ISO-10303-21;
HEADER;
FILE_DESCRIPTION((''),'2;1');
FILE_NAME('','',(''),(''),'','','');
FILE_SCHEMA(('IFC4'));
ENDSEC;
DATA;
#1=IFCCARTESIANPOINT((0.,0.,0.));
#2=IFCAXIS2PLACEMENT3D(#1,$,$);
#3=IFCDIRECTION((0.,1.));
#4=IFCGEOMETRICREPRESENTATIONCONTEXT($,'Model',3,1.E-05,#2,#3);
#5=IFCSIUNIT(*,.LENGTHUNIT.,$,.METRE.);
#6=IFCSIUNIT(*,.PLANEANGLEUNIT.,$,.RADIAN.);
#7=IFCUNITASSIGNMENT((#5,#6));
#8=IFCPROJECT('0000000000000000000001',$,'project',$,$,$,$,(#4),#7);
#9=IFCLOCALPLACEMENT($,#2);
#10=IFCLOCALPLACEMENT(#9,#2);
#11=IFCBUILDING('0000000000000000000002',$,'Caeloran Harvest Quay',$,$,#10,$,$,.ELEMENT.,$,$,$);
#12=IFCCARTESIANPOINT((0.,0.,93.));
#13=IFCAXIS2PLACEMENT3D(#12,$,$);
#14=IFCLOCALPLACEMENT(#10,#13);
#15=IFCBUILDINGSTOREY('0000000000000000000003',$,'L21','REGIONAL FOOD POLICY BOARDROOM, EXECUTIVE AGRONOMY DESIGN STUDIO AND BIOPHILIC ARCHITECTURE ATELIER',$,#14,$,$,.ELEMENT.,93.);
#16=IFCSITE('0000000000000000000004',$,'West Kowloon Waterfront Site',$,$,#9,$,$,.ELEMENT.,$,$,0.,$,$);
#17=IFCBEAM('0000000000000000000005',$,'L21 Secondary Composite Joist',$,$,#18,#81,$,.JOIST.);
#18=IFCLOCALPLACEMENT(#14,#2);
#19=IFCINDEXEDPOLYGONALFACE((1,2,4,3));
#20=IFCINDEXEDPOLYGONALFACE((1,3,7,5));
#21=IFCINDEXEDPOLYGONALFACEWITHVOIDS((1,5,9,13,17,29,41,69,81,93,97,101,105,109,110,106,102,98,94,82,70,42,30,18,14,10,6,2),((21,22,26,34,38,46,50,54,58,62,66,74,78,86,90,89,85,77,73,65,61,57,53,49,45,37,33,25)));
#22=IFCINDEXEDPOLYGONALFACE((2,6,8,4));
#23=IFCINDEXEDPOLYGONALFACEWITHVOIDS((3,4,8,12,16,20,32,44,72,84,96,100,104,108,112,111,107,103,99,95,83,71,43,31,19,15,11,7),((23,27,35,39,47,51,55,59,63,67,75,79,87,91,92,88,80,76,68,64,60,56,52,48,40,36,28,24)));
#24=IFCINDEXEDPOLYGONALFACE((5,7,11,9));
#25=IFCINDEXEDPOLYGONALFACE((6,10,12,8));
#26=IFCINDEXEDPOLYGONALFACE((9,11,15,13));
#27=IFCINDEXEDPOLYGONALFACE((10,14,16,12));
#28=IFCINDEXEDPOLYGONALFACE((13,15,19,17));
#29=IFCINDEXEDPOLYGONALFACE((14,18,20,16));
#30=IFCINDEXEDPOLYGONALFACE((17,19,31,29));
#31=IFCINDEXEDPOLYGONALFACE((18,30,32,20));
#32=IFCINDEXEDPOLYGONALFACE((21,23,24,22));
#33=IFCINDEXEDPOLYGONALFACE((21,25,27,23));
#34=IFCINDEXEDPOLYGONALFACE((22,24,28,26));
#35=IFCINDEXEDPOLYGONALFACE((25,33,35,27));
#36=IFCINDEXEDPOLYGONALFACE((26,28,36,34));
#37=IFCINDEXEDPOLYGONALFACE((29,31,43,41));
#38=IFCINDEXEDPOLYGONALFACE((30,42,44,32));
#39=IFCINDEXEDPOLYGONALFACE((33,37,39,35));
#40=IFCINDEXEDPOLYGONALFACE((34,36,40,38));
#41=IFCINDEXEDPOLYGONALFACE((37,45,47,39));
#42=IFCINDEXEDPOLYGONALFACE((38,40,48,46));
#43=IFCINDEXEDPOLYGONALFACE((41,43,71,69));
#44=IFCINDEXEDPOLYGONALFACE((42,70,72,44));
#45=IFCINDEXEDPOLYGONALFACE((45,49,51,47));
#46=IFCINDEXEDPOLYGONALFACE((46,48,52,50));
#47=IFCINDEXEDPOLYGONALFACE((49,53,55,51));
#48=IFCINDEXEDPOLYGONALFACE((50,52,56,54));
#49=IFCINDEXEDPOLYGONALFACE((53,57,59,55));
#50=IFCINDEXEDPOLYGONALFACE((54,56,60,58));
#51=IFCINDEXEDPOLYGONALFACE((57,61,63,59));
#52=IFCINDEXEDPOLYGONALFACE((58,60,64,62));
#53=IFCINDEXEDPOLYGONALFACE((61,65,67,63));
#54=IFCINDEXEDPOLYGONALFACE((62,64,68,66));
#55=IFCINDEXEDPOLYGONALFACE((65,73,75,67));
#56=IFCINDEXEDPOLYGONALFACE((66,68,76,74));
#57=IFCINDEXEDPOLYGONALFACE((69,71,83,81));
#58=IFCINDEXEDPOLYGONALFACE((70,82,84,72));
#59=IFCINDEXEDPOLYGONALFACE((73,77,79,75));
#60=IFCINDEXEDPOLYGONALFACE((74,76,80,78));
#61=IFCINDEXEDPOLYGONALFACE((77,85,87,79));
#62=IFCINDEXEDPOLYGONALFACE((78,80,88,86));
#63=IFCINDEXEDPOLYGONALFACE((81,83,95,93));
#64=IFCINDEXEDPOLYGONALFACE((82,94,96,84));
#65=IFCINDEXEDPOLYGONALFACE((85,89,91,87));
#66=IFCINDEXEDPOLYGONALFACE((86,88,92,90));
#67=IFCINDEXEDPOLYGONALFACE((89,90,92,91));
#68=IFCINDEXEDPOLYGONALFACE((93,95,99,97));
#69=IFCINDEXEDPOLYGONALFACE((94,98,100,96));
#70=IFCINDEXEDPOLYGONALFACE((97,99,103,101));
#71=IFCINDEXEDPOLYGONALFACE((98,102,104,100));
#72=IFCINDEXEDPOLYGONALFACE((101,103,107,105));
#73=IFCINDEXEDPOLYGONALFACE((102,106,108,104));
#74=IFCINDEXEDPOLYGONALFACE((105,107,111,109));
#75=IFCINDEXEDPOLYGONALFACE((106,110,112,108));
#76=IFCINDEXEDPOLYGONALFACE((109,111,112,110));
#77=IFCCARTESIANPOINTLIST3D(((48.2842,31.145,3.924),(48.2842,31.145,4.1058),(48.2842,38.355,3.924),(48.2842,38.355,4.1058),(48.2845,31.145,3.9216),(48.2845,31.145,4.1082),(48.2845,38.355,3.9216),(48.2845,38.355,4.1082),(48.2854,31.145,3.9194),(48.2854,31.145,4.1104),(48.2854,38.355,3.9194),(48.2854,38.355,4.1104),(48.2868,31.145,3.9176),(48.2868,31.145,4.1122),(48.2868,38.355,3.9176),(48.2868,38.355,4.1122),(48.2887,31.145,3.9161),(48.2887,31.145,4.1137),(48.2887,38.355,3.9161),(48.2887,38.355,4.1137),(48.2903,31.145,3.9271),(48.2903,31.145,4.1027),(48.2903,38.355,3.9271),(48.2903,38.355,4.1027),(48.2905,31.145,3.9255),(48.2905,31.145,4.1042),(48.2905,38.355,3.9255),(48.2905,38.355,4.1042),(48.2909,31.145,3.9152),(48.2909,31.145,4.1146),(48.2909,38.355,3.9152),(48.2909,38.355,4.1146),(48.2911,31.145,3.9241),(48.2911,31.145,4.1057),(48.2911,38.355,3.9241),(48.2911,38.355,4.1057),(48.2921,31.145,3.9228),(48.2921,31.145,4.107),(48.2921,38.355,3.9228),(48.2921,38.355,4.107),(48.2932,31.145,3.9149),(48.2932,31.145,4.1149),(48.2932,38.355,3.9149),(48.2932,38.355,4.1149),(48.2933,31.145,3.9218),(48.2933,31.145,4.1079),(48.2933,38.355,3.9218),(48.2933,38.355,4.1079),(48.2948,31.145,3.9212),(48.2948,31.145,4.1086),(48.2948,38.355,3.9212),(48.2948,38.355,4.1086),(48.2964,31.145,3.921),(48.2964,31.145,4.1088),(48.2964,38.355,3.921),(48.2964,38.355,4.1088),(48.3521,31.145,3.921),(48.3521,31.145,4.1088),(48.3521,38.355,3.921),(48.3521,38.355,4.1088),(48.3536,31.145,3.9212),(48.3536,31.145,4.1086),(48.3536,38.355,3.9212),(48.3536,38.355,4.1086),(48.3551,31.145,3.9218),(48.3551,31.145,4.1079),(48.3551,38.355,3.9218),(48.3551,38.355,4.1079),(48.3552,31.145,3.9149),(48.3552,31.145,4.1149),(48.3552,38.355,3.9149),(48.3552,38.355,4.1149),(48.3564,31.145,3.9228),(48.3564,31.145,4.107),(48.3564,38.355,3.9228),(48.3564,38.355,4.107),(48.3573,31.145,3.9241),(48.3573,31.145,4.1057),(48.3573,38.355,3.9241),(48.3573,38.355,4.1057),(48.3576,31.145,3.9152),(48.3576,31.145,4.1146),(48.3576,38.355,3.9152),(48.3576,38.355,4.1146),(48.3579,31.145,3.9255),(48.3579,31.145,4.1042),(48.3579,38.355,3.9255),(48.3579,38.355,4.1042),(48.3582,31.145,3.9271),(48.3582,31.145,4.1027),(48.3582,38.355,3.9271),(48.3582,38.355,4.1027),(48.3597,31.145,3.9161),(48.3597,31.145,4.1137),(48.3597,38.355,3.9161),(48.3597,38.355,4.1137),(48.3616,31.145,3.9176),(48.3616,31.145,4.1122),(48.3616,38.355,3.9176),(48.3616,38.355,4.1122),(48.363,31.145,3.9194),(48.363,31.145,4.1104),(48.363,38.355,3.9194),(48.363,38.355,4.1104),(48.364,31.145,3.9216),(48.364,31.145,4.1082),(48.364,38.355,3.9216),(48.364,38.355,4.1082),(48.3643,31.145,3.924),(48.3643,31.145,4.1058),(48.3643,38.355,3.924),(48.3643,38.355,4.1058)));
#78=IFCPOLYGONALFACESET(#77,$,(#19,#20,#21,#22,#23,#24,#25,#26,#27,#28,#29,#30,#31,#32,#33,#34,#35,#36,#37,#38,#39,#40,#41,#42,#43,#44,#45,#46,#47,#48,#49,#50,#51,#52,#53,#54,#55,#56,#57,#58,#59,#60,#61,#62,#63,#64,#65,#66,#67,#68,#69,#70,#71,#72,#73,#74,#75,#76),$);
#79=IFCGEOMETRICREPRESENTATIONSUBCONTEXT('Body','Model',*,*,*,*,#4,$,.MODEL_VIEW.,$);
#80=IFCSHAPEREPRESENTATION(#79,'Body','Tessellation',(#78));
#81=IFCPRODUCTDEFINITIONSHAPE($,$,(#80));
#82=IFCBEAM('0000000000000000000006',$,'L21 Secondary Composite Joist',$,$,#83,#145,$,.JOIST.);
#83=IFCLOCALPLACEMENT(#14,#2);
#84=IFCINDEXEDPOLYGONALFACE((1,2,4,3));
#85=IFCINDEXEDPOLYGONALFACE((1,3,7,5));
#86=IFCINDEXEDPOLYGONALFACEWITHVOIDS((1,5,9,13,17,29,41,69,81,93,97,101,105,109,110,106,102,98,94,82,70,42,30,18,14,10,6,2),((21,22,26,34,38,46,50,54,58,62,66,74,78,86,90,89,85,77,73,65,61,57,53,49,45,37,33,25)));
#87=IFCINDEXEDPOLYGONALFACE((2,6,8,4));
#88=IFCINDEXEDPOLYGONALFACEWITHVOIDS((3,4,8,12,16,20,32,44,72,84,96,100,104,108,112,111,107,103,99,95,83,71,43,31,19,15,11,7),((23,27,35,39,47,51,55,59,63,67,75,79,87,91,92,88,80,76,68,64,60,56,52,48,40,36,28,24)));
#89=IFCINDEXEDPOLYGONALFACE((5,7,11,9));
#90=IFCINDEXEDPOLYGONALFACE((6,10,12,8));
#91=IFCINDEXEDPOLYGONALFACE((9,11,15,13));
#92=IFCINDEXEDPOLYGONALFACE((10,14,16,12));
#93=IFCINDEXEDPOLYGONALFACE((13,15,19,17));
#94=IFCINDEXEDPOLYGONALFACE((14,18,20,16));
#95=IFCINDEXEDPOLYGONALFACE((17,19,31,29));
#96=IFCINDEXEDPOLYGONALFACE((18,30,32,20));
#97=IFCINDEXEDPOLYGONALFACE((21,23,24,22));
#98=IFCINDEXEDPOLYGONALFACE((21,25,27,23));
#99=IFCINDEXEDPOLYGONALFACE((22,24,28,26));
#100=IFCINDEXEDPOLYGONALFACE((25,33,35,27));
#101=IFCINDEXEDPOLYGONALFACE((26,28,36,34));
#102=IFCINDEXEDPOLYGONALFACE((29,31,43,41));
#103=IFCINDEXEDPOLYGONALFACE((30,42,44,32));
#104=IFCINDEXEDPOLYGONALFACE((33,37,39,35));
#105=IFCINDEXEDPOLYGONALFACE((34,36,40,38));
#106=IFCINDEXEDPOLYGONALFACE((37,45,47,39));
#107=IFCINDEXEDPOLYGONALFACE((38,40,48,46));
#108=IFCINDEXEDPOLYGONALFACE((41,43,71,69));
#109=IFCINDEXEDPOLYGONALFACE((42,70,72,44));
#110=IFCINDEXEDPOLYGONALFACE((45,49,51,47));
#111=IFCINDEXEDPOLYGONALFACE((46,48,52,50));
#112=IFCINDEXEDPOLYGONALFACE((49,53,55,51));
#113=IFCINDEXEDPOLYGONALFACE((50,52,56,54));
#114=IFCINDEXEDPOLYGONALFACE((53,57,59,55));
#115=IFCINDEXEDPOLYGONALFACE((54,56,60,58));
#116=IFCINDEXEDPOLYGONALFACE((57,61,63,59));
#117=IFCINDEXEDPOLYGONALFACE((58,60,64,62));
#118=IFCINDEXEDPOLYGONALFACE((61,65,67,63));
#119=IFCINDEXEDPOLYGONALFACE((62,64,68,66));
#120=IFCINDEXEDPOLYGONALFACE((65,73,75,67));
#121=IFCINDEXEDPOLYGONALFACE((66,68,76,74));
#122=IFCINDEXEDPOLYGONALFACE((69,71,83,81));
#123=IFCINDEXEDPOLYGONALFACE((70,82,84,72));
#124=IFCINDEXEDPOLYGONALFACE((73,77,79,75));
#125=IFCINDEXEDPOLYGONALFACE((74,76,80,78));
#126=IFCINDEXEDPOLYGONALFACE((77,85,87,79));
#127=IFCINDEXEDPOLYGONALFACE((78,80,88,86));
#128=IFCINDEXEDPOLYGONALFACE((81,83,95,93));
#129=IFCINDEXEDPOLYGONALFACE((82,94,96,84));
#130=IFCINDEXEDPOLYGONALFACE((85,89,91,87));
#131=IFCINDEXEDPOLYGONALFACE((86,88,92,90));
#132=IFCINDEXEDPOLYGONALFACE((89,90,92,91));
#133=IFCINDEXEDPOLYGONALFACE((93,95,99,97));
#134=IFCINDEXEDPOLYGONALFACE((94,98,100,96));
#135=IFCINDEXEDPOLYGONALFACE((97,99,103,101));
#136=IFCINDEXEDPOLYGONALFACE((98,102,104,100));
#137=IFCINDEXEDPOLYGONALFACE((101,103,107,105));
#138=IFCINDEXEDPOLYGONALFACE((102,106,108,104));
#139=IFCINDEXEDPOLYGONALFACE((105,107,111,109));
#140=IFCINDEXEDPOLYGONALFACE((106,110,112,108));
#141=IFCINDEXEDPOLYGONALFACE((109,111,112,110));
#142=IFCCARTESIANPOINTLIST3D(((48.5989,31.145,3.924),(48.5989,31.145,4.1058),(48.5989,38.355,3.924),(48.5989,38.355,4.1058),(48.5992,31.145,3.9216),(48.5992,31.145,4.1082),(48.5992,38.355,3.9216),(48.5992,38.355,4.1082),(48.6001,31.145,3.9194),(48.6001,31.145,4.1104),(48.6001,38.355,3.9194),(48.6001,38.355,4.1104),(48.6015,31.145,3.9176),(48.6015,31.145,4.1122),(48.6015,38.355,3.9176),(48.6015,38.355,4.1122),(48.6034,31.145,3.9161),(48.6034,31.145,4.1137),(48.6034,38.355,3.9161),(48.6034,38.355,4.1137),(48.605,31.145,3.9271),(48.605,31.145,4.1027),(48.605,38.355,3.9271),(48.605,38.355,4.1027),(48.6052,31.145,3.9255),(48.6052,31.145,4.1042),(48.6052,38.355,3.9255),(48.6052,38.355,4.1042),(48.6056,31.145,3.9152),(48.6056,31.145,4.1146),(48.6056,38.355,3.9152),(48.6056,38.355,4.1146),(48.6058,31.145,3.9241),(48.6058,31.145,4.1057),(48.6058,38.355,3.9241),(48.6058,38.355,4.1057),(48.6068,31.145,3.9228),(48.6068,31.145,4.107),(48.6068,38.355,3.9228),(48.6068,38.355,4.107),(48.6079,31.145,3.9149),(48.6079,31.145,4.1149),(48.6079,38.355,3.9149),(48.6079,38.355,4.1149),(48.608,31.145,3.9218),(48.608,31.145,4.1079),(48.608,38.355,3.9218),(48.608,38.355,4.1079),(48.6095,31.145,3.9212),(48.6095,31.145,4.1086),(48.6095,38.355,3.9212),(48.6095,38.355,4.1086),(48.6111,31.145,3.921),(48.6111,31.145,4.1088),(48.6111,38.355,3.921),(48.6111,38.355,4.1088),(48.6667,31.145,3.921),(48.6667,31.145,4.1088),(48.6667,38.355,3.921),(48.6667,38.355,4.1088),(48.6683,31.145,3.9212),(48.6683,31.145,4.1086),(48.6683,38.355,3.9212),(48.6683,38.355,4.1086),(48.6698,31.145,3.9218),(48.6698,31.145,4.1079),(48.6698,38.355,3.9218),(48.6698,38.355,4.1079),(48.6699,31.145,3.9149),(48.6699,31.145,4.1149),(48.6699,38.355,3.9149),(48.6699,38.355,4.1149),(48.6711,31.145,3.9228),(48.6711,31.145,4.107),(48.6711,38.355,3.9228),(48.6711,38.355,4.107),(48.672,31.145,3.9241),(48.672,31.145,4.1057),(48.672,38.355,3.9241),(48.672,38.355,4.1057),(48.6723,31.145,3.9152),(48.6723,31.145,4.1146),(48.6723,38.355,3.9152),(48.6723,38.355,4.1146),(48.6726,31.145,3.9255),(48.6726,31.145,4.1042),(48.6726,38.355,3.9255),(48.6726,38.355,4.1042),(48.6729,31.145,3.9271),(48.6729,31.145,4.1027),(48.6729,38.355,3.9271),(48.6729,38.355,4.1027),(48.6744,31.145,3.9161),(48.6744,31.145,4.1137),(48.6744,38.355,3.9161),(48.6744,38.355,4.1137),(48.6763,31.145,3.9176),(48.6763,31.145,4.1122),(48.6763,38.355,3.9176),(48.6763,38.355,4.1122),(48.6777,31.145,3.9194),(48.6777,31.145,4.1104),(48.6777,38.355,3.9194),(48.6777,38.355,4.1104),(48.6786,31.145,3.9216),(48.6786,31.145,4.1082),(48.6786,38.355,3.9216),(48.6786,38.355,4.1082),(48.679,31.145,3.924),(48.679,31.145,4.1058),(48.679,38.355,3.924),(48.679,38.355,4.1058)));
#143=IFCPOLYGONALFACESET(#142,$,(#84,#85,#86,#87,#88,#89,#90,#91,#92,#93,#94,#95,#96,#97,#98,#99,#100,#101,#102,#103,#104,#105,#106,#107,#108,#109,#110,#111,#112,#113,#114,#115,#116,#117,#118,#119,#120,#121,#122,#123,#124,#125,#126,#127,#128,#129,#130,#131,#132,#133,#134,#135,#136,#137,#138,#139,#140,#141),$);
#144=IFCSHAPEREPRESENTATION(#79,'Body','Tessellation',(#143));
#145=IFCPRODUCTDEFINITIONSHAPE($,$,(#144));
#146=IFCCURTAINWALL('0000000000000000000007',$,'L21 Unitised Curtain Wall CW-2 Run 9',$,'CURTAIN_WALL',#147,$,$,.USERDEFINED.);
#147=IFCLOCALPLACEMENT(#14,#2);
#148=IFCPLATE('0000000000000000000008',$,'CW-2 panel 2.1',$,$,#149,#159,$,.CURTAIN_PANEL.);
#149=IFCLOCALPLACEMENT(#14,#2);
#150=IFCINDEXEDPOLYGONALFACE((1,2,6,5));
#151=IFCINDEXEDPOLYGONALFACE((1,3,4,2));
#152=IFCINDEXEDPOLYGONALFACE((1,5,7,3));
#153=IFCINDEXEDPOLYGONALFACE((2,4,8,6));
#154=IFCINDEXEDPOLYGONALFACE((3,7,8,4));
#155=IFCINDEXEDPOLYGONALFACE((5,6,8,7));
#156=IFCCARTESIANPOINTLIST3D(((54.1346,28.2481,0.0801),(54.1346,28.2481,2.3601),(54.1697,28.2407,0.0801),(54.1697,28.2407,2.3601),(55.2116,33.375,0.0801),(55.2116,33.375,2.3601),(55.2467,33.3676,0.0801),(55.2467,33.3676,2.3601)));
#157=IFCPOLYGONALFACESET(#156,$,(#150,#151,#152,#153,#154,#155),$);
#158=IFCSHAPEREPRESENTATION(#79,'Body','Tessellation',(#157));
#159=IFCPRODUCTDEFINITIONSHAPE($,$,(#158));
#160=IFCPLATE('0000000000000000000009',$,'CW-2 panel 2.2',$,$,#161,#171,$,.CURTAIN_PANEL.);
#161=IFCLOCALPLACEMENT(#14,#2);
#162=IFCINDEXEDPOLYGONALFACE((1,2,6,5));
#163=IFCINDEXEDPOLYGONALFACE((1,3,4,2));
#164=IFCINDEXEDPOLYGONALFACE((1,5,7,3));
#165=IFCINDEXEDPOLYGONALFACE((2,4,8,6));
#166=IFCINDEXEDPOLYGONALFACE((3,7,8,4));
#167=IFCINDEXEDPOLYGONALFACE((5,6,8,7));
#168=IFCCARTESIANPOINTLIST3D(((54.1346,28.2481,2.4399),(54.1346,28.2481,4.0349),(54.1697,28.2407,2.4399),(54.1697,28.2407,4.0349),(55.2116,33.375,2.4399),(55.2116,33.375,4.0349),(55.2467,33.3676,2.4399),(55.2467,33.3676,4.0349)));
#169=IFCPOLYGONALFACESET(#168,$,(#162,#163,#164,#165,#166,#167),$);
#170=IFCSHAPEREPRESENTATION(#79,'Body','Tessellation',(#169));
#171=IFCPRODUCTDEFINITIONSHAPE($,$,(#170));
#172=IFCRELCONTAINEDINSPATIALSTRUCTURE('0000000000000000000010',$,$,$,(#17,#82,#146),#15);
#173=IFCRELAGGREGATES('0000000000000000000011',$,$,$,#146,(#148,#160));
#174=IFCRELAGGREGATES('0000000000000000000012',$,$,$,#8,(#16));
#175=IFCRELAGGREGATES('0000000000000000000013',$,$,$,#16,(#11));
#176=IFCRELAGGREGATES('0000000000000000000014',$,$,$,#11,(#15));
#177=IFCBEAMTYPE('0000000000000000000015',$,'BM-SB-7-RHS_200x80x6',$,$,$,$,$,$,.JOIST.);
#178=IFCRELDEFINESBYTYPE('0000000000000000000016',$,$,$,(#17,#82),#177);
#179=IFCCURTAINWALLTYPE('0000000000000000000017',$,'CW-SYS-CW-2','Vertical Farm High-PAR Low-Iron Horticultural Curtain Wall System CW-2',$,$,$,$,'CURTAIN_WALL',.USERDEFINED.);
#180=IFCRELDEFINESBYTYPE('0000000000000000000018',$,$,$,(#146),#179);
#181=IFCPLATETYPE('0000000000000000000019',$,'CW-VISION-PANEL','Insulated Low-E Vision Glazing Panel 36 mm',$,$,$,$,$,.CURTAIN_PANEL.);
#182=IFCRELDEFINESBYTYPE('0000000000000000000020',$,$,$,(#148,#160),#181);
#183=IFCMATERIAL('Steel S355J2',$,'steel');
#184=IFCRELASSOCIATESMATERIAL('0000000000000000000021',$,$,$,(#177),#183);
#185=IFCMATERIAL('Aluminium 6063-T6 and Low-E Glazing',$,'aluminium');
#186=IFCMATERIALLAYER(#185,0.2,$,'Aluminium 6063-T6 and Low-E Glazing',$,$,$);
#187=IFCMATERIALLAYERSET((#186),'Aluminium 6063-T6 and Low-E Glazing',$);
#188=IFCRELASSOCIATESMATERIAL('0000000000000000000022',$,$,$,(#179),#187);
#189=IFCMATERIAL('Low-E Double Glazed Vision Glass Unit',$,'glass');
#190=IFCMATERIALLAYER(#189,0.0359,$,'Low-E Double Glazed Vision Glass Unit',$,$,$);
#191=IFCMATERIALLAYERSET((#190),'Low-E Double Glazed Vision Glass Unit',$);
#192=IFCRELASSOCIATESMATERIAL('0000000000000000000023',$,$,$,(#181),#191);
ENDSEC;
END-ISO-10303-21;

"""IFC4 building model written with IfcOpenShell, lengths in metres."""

from ifc_helpers import new_model, si_unit, direction, frame, origin, origin_2d, place, context, subcontext, project, spatial, rectangle, hollow_rectangle, extrude, material, layer, layer_set, material_profile, profile_set, type_object, element, aggregate, save


model = new_model("IFC4")

# Units and contexts
model_context = context("Model", 3, precision=1e-05, world=origin(), true_north=direction((0.0, 1.0)))
body_context = subcontext(model_context, "Body", "Model", "MODEL_VIEW")
ifc_project = project(units=[si_unit("LENGTHUNIT", "METRE"), si_unit("PLANEANGLEUNIT", "RADIAN")], contexts=[model_context])

# Site, building, storey
site_placement = place(None, origin())
site = spatial("IfcSite", under=ifc_project, at=site_placement, Name="West Kowloon Waterfront Site", CompositionType="ELEMENT", RefElevation=0.0)
building_placement = place(site_placement, origin())
building = spatial("IfcBuilding", under=site, at=building_placement, Name="Caeloran Harvest Quay", CompositionType="ELEMENT")
storey_placement = place(building_placement, frame((0.0, 0.0, 93.0)))
storey = spatial("IfcBuildingStorey", under=building, at=storey_placement, Name="L21", Description="REGIONAL FOOD POLICY BOARDROOM, EXECUTIVE AGRONOMY DESIGN STUDIO AND BIOPHILIC ARCHITECTURE ATELIER", CompositionType="ELEMENT", Elevation=93.0)

# Beams
ifc_material_1 = material(Name="Steel S355J2", Category="steel")
ifc_material_profile_1 = material_profile(ifc_material_1, hollow_rectangle(XDim=0.0801, YDim=0.2, WallThickness=0.0061, InnerFilletRadius=0.0061, OuterFilletRadius=0.009, at=origin_2d()), Name="RHS 200x80x6")
ifc_profile_set_1 = profile_set([ifc_material_profile_1], Name="Steel S355J2")
beam_type_1 = type_object("IfcBeamType", Name="BM-SB-7-RHS_200x80x6", PredefinedType="JOIST", material=ifc_profile_set_1)
for number, where, z_axis, x_axis, name in (
    (1, (48.3242, 31.145, 4.0149), (0.0, 1.0, 0.0), (-1.0, 0.0, 0.0), "L21 Secondary Composite Joist"),
    (2, (48.6389, 31.145, 4.0149), (0.0, 1.0, 0.0), (-1.0, 0.0, 0.0), "L21 Secondary Composite Joist"),
):
    element("IfcBeam", number, at=place(storey_placement, frame(where, z_axis=z_axis, x_axis=x_axis)), inside=storey, type_object=beam_type_1, Name=name, PredefinedType="JOIST", context=body_context, shape_type="SweptSolid", body=[
        extrude(hollow_rectangle(XDim=0.0801, YDim=0.2, WallThickness=0.0061, InnerFilletRadius=0.0061, OuterFilletRadius=0.009, at=origin_2d()), origin(), (0.0, 0.0, 1.0), 7.21),
    ])

# Curtain wall, plates
ifc_material_2 = material(Name="Aluminium 6063-T6 and Low-E Glazing", Category="aluminium")
ifc_layer_1 = layer(ifc_material_2, 0.2, Name="Aluminium 6063-T6 and Low-E Glazing")
ifc_layer_set_1 = layer_set([ifc_layer_1], Name="Aluminium 6063-T6 and Low-E Glazing")
curtain_wall_type = type_object("IfcCurtainWallType", Name="CW-SYS-CW-2", Description="Vertical Farm High-PAR Low-Iron Horticultural Curtain Wall System CW-2", ElementType="CURTAIN_WALL", PredefinedType="USERDEFINED", material=ifc_layer_set_1)
curtain_wall_placement = place(storey_placement, origin())
curtain_wall = element("IfcCurtainWall", 3, at=curtain_wall_placement, inside=storey, type_object=curtain_wall_type, Name="L21 Unitised Curtain Wall CW-2 Run 9", ObjectType="CURTAIN_WALL", PredefinedType="USERDEFINED")
ifc_material_3 = material(Name="Low-E Double Glazed Vision Glass Unit", Category="glass")
ifc_layer_2 = layer(ifc_material_3, 0.0359, Name="Low-E Double Glazed Vision Glass Unit")
ifc_layer_set_2 = layer_set([ifc_layer_2], Name="Low-E Double Glazed Vision Glass Unit")
plate_type = type_object("IfcPlateType", Name="CW-VISION-PANEL", Description="Insulated Low-E Vision Glazing Panel 36 mm", PredefinedType="CURTAIN_PANEL", material=ifc_layer_set_2)
plate_1_placement = place(storey_placement, frame((54.6907, 30.8079, 0.0801), z_axis=(0.0, 0.0, 1.0), x_axis=(-0.205583, -0.97864, 0.0)))
plate_1 = element("IfcPlate", 4, at=plate_1_placement, type_object=plate_type, Name="CW-2 panel 2.1", PredefinedType="CURTAIN_PANEL", context=body_context, shape_type="SweptSolid", body=[
    extrude(rectangle(XDim=5.2388, YDim=0.0359, at=origin_2d()), origin(), (0.0, 0.0, 1.0), 2.28),
])
plate_2_placement = place(storey_placement, frame((54.6907, 30.8079, 2.4399), z_axis=(0.0, 0.0, 1.0), x_axis=(-0.205583, -0.97864, 0.0)))
plate_2 = element("IfcPlate", 5, at=plate_2_placement, type_object=plate_type, Name="CW-2 panel 2.2", PredefinedType="CURTAIN_PANEL", context=body_context, shape_type="SweptSolid", body=[
    extrude(rectangle(XDim=5.2388, YDim=0.0359, at=origin_2d()), origin(), (0.0, 0.0, 1.0), 1.595),
])
aggregate(curtain_wall, [plate_1, plate_2])

save(model, "model.ifc")
